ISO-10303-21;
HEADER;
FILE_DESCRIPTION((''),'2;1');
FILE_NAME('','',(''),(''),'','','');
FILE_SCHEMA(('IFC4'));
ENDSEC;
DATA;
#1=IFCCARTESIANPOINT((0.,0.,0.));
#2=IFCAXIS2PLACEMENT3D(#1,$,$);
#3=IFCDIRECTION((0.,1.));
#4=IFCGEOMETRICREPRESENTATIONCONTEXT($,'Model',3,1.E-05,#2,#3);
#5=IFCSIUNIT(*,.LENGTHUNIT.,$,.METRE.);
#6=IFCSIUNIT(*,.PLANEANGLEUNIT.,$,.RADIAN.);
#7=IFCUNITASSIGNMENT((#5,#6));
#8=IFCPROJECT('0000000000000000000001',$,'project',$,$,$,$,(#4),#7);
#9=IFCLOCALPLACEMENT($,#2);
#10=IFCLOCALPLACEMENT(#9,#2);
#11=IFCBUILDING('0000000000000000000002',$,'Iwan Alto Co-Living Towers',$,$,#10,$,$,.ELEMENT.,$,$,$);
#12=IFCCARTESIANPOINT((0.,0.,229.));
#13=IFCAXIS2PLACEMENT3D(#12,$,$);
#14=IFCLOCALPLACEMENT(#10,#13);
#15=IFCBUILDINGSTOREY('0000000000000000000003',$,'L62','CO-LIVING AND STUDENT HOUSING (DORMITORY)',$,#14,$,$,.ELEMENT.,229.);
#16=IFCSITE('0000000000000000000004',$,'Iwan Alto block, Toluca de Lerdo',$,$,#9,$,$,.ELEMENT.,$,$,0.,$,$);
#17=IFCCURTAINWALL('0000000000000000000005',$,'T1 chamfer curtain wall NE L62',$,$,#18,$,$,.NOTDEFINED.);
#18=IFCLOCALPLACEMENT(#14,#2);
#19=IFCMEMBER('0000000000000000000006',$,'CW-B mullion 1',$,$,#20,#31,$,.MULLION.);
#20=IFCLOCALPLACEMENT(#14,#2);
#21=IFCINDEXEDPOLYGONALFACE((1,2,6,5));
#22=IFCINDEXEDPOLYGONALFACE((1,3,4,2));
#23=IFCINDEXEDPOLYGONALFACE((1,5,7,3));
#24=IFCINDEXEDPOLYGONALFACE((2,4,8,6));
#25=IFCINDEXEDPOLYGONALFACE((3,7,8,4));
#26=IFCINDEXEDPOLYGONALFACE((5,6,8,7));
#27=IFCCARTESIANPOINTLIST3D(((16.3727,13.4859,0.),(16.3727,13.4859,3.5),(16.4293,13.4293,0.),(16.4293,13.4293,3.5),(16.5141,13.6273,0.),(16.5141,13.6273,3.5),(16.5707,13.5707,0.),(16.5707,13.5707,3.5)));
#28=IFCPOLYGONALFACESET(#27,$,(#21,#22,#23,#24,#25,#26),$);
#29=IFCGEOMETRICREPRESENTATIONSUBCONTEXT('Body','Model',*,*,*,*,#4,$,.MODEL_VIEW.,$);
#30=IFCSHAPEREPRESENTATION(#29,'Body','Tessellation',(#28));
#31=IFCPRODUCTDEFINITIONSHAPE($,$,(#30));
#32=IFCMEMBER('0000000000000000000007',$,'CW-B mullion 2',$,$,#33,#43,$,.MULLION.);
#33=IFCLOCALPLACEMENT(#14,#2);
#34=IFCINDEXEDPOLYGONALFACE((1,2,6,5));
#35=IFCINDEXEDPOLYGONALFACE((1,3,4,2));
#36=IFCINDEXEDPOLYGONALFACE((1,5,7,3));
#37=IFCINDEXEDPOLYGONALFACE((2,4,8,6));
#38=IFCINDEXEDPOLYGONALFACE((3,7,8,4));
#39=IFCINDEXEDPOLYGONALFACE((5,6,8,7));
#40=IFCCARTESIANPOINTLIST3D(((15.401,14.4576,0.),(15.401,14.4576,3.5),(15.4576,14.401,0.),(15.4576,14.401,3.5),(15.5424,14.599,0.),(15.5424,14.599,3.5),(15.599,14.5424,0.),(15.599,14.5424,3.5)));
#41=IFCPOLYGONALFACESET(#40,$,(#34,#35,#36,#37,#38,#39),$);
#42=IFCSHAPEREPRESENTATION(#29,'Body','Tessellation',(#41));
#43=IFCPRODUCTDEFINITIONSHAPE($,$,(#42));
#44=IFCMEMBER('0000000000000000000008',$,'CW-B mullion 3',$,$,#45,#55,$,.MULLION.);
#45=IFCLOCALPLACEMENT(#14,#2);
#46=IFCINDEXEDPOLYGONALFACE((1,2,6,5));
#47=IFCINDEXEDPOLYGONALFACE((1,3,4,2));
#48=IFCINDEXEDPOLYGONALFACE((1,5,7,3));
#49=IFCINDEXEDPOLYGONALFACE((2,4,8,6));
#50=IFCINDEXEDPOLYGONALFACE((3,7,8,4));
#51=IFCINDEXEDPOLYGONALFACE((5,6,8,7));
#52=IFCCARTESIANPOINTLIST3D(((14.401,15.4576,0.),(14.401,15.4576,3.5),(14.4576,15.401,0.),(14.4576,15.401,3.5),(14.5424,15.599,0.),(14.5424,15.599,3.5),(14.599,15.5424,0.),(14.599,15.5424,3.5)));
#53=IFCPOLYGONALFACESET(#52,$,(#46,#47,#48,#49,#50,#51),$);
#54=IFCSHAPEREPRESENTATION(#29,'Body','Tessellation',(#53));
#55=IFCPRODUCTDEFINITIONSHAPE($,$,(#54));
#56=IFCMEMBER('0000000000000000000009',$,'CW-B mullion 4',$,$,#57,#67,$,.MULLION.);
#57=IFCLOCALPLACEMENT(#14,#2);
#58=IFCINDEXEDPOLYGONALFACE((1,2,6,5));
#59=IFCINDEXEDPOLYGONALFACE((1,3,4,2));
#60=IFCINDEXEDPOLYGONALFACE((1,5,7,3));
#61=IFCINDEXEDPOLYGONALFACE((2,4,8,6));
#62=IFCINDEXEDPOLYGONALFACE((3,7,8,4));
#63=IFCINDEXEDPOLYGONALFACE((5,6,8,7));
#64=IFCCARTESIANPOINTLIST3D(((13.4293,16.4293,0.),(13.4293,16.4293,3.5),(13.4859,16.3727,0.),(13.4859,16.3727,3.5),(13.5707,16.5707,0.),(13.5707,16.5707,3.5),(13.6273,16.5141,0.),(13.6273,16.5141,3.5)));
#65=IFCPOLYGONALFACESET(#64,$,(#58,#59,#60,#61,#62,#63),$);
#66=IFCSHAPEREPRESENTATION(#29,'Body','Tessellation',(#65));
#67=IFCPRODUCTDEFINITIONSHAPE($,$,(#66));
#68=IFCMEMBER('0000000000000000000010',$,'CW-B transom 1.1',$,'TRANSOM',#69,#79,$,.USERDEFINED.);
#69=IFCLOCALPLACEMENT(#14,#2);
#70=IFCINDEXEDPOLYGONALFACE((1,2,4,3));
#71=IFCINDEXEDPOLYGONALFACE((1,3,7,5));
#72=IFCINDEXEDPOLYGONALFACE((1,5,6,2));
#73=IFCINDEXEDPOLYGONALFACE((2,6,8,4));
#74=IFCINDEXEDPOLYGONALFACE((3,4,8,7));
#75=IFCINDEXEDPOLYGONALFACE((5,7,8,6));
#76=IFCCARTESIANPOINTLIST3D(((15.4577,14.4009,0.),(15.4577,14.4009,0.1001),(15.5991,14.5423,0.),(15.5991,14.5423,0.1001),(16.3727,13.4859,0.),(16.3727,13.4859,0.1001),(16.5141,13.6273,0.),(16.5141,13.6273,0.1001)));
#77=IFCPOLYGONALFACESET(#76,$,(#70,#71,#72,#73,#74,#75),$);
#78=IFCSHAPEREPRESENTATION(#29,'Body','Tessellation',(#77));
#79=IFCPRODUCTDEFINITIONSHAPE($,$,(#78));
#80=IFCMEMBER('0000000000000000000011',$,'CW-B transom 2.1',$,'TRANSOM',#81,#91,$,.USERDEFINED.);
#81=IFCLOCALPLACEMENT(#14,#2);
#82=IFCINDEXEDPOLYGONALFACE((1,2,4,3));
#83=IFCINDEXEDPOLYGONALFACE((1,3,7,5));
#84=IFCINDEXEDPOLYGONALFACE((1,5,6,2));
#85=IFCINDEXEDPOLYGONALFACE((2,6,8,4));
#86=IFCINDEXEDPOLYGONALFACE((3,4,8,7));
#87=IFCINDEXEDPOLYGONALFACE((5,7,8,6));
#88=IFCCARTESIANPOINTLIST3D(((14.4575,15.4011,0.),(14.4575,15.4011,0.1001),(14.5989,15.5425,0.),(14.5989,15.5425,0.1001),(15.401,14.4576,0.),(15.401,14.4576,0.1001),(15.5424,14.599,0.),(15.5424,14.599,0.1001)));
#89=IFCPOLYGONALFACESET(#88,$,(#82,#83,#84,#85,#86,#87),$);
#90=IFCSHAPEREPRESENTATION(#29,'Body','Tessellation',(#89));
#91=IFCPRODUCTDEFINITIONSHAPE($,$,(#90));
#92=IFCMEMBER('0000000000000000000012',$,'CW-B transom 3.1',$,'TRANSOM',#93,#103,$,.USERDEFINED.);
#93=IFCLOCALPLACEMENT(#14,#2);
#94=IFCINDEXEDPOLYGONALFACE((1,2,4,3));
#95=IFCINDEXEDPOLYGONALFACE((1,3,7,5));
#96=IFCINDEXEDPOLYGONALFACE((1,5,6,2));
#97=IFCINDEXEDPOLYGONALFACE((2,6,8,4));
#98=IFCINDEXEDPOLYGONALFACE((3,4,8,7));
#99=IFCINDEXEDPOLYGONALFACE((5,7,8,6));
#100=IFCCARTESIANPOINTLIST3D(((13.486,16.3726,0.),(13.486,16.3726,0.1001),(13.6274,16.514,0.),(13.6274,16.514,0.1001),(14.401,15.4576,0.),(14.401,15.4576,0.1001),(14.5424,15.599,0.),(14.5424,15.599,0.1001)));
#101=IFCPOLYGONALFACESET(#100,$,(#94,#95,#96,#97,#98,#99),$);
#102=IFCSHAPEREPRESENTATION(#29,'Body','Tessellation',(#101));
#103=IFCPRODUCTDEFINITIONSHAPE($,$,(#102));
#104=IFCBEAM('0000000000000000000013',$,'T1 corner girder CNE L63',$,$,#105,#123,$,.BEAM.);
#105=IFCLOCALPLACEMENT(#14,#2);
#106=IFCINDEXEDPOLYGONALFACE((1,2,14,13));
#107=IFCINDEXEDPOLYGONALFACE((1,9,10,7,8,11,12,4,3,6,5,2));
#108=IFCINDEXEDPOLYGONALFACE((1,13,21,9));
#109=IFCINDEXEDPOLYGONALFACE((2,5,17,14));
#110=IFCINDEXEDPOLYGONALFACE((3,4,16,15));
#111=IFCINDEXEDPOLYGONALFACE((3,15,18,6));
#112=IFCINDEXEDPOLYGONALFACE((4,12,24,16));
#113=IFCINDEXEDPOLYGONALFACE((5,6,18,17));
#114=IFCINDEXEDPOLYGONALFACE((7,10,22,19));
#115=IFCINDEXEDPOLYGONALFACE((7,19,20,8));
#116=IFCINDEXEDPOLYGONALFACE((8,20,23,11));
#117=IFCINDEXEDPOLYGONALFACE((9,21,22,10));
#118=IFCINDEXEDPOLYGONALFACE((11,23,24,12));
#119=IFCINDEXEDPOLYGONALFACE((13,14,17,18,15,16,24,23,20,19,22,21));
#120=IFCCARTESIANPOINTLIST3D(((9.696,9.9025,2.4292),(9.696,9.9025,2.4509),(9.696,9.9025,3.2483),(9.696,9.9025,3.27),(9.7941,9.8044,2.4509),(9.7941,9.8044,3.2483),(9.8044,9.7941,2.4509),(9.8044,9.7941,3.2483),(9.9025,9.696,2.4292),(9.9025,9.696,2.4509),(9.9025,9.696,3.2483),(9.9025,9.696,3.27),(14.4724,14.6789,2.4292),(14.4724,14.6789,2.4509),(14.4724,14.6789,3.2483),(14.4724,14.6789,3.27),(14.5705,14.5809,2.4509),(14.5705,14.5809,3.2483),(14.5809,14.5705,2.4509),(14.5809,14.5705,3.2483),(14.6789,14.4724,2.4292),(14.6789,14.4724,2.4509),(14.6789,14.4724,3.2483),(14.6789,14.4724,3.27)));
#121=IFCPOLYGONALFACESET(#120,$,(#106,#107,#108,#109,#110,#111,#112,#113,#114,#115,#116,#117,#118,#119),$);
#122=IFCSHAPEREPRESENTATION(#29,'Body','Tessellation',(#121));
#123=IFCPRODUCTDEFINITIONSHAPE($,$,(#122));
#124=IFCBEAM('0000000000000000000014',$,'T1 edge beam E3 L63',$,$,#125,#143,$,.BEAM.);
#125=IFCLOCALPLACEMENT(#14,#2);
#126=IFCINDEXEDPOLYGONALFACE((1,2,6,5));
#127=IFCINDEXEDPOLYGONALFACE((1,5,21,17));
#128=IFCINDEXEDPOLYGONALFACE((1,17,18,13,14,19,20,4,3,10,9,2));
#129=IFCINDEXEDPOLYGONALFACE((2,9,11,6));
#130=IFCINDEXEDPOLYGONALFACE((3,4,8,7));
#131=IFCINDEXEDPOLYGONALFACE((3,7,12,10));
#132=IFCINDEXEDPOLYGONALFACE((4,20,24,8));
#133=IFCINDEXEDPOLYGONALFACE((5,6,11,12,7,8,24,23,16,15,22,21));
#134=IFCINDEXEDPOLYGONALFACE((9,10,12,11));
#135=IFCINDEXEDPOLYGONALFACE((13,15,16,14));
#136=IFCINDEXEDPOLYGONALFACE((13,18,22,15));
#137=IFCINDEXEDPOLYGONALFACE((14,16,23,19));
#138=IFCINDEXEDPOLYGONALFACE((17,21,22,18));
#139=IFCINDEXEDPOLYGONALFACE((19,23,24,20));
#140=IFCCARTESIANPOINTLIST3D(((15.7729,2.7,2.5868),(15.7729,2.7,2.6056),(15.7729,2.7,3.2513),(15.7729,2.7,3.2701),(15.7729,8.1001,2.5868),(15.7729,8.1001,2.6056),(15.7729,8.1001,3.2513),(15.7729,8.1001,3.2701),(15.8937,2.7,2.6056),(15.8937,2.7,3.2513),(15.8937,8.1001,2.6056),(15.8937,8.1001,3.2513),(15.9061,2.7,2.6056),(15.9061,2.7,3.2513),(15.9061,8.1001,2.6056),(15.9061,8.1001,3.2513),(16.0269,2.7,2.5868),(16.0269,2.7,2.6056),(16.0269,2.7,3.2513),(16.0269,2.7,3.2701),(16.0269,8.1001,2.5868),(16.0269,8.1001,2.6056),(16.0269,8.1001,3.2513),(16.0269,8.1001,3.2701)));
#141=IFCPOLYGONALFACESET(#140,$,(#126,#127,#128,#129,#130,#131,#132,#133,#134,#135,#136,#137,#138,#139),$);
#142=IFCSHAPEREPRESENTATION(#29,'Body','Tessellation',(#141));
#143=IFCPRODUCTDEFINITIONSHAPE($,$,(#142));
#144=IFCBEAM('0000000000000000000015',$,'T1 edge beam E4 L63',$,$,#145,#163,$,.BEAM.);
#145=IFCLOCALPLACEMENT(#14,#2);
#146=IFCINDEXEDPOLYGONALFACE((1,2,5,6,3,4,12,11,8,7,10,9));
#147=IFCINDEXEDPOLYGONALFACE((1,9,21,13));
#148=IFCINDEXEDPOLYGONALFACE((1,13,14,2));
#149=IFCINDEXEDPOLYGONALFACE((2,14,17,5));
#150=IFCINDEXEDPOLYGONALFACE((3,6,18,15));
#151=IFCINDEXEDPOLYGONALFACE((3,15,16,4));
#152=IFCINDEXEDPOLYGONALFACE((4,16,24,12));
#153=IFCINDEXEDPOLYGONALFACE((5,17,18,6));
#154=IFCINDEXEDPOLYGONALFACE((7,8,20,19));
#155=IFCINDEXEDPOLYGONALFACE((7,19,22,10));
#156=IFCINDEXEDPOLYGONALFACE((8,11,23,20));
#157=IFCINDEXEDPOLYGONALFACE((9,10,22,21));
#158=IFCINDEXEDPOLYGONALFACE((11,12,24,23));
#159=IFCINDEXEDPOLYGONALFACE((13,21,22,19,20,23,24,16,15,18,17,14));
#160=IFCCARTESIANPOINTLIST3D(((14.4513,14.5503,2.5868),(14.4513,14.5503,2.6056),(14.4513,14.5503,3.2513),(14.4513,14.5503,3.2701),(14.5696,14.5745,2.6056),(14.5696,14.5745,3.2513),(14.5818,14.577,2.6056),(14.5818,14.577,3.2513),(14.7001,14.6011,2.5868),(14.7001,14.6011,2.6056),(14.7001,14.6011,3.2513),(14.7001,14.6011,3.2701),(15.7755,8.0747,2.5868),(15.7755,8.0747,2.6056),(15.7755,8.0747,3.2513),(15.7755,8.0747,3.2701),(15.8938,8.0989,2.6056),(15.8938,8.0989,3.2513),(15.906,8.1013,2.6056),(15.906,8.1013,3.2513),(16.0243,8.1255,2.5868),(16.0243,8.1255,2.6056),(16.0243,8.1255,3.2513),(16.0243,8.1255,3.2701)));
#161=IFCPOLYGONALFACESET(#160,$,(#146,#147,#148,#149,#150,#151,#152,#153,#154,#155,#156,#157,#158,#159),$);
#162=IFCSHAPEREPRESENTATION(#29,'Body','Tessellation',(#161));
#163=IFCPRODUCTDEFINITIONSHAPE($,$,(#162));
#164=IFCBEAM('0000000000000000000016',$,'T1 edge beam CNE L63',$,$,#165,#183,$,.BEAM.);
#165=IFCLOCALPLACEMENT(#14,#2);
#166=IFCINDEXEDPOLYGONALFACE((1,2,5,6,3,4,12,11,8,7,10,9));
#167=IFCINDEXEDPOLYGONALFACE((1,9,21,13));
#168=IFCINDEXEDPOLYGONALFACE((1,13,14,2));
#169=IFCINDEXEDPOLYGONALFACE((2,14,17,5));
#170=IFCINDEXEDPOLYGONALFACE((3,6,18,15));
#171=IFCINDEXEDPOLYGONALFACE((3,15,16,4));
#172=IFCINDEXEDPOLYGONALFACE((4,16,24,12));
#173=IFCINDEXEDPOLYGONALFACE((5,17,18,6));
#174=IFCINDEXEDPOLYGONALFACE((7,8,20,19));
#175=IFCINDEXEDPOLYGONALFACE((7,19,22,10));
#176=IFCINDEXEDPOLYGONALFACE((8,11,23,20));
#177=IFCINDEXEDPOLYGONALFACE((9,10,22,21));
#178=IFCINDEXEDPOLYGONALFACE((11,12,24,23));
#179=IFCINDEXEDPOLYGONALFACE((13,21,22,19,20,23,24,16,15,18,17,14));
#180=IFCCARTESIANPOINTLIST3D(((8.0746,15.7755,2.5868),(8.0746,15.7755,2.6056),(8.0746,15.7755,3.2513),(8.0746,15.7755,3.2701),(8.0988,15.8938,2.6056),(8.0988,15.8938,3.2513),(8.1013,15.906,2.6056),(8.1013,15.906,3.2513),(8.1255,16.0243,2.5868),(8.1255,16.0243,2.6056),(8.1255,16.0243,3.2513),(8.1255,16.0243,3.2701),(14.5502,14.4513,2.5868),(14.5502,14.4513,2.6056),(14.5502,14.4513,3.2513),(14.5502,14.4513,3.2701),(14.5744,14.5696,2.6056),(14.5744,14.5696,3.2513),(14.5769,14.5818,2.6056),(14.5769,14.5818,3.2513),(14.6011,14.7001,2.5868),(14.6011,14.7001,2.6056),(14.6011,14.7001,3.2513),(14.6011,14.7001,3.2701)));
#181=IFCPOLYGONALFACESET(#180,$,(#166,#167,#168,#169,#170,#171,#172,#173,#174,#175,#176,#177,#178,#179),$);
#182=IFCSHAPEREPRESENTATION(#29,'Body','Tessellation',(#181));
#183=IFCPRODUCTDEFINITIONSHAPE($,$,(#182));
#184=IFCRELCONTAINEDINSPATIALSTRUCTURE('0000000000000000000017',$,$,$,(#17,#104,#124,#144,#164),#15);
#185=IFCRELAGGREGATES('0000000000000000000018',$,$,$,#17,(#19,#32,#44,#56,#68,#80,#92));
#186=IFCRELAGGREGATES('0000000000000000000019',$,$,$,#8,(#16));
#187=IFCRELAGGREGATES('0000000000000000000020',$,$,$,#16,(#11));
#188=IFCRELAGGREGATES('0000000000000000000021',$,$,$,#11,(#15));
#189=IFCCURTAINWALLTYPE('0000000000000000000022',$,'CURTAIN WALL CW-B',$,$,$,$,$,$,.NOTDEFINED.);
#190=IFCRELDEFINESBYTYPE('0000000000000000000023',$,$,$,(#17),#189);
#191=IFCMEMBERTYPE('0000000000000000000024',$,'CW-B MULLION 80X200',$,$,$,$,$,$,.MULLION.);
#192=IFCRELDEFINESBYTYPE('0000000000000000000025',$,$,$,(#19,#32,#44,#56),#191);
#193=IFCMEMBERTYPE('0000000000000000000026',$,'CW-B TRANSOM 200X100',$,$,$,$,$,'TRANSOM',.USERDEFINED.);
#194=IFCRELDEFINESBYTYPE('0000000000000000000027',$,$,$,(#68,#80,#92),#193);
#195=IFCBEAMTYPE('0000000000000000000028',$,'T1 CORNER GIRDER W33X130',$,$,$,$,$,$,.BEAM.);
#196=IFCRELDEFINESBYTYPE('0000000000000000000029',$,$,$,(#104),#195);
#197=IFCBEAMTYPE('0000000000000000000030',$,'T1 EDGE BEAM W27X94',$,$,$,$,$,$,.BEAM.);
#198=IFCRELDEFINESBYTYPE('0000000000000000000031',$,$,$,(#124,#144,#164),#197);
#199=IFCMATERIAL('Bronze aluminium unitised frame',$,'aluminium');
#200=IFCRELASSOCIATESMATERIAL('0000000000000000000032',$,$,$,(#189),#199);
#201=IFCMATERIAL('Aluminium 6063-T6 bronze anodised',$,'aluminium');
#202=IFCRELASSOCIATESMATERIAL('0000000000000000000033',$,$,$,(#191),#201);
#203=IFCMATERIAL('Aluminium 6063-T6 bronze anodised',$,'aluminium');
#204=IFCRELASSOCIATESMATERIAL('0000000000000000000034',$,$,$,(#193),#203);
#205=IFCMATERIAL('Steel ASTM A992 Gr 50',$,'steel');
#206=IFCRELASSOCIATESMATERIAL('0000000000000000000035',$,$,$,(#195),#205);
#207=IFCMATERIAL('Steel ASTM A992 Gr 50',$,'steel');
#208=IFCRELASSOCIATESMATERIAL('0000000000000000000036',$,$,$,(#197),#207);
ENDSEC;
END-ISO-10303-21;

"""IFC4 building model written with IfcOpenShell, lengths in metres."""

from ifc_helpers import new_model, si_unit, direction, frame, origin, origin_2d, place, context, subcontext, project, spatial, rectangle, i_section, extrude, material, material_profile, profile_set, type_object, element, aggregate, save


model = new_model("IFC4")

# Units and contexts
model_context = context("Model", 3, precision=1e-05, world=origin(), true_north=direction((0.0, 1.0)))
body_context = subcontext(model_context, "Body", "Model", "MODEL_VIEW")
ifc_project = project(units=[si_unit("LENGTHUNIT", "METRE"), si_unit("PLANEANGLEUNIT", "RADIAN")], contexts=[model_context])

# Site, building, storey
site_placement = place(None, origin())
site = spatial("IfcSite", under=ifc_project, at=site_placement, Name="Iwan Alto block, Toluca de Lerdo", CompositionType="ELEMENT", RefElevation=0.0)
building_placement = place(site_placement, origin())
building = spatial("IfcBuilding", under=site, at=building_placement, Name="Iwan Alto Co-Living Towers", CompositionType="ELEMENT")
storey_placement = place(building_placement, frame((0.0, 0.0, 229.0)))
storey = spatial("IfcBuildingStorey", under=building, at=storey_placement, Name="L62", Description="CO-LIVING AND STUDENT HOUSING (DORMITORY)", CompositionType="ELEMENT", Elevation=229.0)

# Curtain wall, members
ifc_material_1 = material(Name="Bronze aluminium unitised frame", Category="aluminium")
curtain_wall_type_1 = type_object("IfcCurtainWallType", Name="CURTAIN WALL CW-B", PredefinedType="NOTDEFINED", material=ifc_material_1)
curtain_wall_1_placement = place(storey_placement, origin())
curtain_wall_1 = element("IfcCurtainWall", 1, at=curtain_wall_1_placement, inside=storey, type_object=curtain_wall_type_1, Name="T1 chamfer curtain wall NE L62", PredefinedType="NOTDEFINED")
ifc_material_2 = material(Name="Aluminium 6063-T6 bronze anodised", Category="aluminium")
ifc_material_profile_1 = material_profile(ifc_material_2, rectangle(XDim=0.2, YDim=0.0801, at=origin_2d()), Name="AL 80X200")
ifc_profile_set_1 = profile_set([ifc_material_profile_1], Name="Aluminium 6063-T6 bronze anodised")
member_type_1 = type_object("IfcMemberType", Name="CW-B MULLION 80X200", PredefinedType="MULLION", material=ifc_profile_set_1)
member_1_placement = place(storey_placement, frame((16.4717, 13.5283, 0.0), z_axis=(0.0, 0.0, 1.0), x_axis=(-0.707107, -0.707107, 0.0)))
member_1 = element("IfcMember", 2, at=member_1_placement, type_object=member_type_1, Name="CW-B mullion 1", PredefinedType="MULLION", context=body_context, shape_type="SweptSolid", body=[
    extrude(rectangle(XDim=0.2, YDim=0.0801, at=origin_2d()), origin(), (0.0, 0.0, 1.0), 3.5),
])
member_2_placement = place(storey_placement, frame((15.5, 14.5, 0.0), z_axis=(0.0, 0.0, 1.0), x_axis=(-0.707107, -0.707107, 0.0)))
member_2 = element("IfcMember", 3, at=member_2_placement, type_object=member_type_1, Name="CW-B mullion 2", PredefinedType="MULLION", context=body_context, shape_type="SweptSolid", body=[
    extrude(rectangle(XDim=0.2, YDim=0.0801, at=origin_2d()), origin(), (0.0, 0.0, 1.0), 3.5),
])
member_3_placement = place(storey_placement, frame((14.5, 15.5, 0.0), z_axis=(0.0, 0.0, 1.0), x_axis=(-0.707107, -0.707107, 0.0)))
member_3 = element("IfcMember", 4, at=member_3_placement, type_object=member_type_1, Name="CW-B mullion 3", PredefinedType="MULLION", context=body_context, shape_type="SweptSolid", body=[
    extrude(rectangle(XDim=0.2, YDim=0.0801, at=origin_2d()), origin(), (0.0, 0.0, 1.0), 3.5),
])
member_4_placement = place(storey_placement, frame((13.5283, 16.4717, 0.0), z_axis=(0.0, 0.0, 1.0), x_axis=(-0.707107, -0.707107, 0.0)))
member_4 = element("IfcMember", 5, at=member_4_placement, type_object=member_type_1, Name="CW-B mullion 4", PredefinedType="MULLION", context=body_context, shape_type="SweptSolid", body=[
    extrude(rectangle(XDim=0.2, YDim=0.0801, at=origin_2d()), origin(), (0.0, 0.0, 1.0), 3.5),
])
ifc_material_3 = material(Name="Aluminium 6063-T6 bronze anodised", Category="aluminium")
ifc_material_profile_2 = material_profile(ifc_material_3, rectangle(XDim=0.2, YDim=0.1001, at=origin_2d()), Name="AL 200X100")
ifc_profile_set_2 = profile_set([ifc_material_profile_2], Name="Aluminium 6063-T6 bronze anodised")
member_type_2 = type_object("IfcMemberType", Name="CW-B TRANSOM 200X100", ElementType="TRANSOM", PredefinedType="USERDEFINED", material=ifc_profile_set_2)
member_5_placement = place(storey_placement, frame((16.4434, 13.5566, 0.05), z_axis=(-0.707107, 0.707107, 0.0), x_axis=(-0.707107, -0.707107, 0.0)))
member_5 = element("IfcMember", 6, at=member_5_placement, type_object=member_type_2, Name="CW-B transom 1.1", ObjectType="TRANSOM", PredefinedType="USERDEFINED", context=body_context, shape_type="SweptSolid", body=[
    extrude(rectangle(XDim=0.2, YDim=0.1001, at=origin_2d()), origin(), (0.0, 0.0, 1.0), 1.2939),
])
member_6_placement = place(storey_placement, frame((15.4717, 14.5283, 0.05), z_axis=(-0.707107, 0.707107, 0.0), x_axis=(-0.707107, -0.707107, 0.0)))
member_6 = element("IfcMember", 7, at=member_6_placement, type_object=member_type_2, Name="CW-B transom 2.1", ObjectType="TRANSOM", PredefinedType="USERDEFINED", context=body_context, shape_type="SweptSolid", body=[
    extrude(rectangle(XDim=0.2, YDim=0.1001, at=origin_2d()), origin(), (0.0, 0.0, 1.0), 1.3342),
])
member_7_placement = place(storey_placement, frame((14.4717, 15.5283, 0.05), z_axis=(-0.707107, 0.707107, 0.0), x_axis=(-0.707107, -0.707107, 0.0)))
member_7 = element("IfcMember", 8, at=member_7_placement, type_object=member_type_2, Name="CW-B transom 3.1", ObjectType="TRANSOM", PredefinedType="USERDEFINED", context=body_context, shape_type="SweptSolid", body=[
    extrude(rectangle(XDim=0.2, YDim=0.1001, at=origin_2d()), origin(), (0.0, 0.0, 1.0), 1.2939),
])

# Beams
ifc_material_4 = material(Name="Steel ASTM A992 Gr 50", Category="steel")
ifc_material_profile_3 = material_profile(ifc_material_4, i_section(OverallWidth=0.292, OverallDepth=0.8408, WebThickness=0.0146, FlangeThickness=0.0217, at=origin_2d()), Name="W33X130")
ifc_profile_set_3 = profile_set([ifc_material_profile_3], Name="Steel ASTM A992 Gr 50")
beam_type_1 = type_object("IfcBeamType", Name="T1 CORNER GIRDER W33X130", PredefinedType="BEAM", material=ifc_profile_set_3)
beam_1_placement = place(storey_placement, frame((14.5757, 14.5757, 2.8496), z_axis=(-0.707107, -0.707107, 0.0), x_axis=(0.707107, -0.707107, 0.0)))
element("IfcBeam", 9, at=beam_1_placement, inside=storey, type_object=beam_type_1, Name="T1 corner girder CNE L63", PredefinedType="BEAM", context=body_context, shape_type="SweptSolid", body=[
    extrude(i_section(OverallWidth=0.292, OverallDepth=0.8408, WebThickness=0.0146, FlangeThickness=0.0217, at=origin_2d()), origin(), (0.0, 0.0, 1.0), 6.7549),
])
ifc_material_5 = material(Name="Steel ASTM A992 Gr 50", Category="steel")
ifc_material_profile_4 = material_profile(ifc_material_5, i_section(OverallWidth=0.2539, OverallDepth=0.6833, WebThickness=0.0125, FlangeThickness=0.0188, at=origin_2d()), Name="W27X94")
ifc_profile_set_4 = profile_set([ifc_material_profile_4], Name="Steel ASTM A992 Gr 50")
beam_type_2 = type_object("IfcBeamType", Name="T1 EDGE BEAM W27X94", PredefinedType="BEAM", material=ifc_profile_set_4)
beam_2_placement = place(storey_placement, frame((15.8999, 2.7, 2.9285), z_axis=(0.0, 1.0, 0.0), x_axis=(-1.0, 0.0, 0.0)))
element("IfcBeam", 10, at=beam_2_placement, inside=storey, type_object=beam_type_2, Name="T1 edge beam E3 L63", PredefinedType="BEAM", context=body_context, shape_type="SweptSolid", body=[
    extrude(i_section(OverallWidth=0.2539, OverallDepth=0.6833, WebThickness=0.0125, FlangeThickness=0.0188, at=origin_2d()), origin(), (0.0, 0.0, 1.0), 5.4001),
])
for number, where, z_axis, x_axis, name in (
    (11, (15.8999, 8.1001, 2.9285), (-0.200348, 0.979725, 0.0), (-0.979725, -0.200348, 0.0), "T1 edge beam E4 L63"),
    (12, (14.5757, 14.5757, 2.9285), (-0.979725, 0.200348, 0.0), (-0.200348, -0.979725, 0.0), "T1 edge beam CNE L63"),
):
    element("IfcBeam", number, at=place(storey_placement, frame(where, z_axis=z_axis, x_axis=x_axis)), inside=storey, type_object=beam_type_2, Name=name, PredefinedType="BEAM", context=body_context, shape_type="SweptSolid", body=[
        extrude(i_section(OverallWidth=0.2539, OverallDepth=0.6833, WebThickness=0.0125, FlangeThickness=0.0188, at=origin_2d()), origin(), (0.0, 0.0, 1.0), 6.6096),
    ])

aggregate(curtain_wall_1, [member_1, member_2, member_3, member_4, member_5, member_6, member_7])

save(model, "model.ifc")
